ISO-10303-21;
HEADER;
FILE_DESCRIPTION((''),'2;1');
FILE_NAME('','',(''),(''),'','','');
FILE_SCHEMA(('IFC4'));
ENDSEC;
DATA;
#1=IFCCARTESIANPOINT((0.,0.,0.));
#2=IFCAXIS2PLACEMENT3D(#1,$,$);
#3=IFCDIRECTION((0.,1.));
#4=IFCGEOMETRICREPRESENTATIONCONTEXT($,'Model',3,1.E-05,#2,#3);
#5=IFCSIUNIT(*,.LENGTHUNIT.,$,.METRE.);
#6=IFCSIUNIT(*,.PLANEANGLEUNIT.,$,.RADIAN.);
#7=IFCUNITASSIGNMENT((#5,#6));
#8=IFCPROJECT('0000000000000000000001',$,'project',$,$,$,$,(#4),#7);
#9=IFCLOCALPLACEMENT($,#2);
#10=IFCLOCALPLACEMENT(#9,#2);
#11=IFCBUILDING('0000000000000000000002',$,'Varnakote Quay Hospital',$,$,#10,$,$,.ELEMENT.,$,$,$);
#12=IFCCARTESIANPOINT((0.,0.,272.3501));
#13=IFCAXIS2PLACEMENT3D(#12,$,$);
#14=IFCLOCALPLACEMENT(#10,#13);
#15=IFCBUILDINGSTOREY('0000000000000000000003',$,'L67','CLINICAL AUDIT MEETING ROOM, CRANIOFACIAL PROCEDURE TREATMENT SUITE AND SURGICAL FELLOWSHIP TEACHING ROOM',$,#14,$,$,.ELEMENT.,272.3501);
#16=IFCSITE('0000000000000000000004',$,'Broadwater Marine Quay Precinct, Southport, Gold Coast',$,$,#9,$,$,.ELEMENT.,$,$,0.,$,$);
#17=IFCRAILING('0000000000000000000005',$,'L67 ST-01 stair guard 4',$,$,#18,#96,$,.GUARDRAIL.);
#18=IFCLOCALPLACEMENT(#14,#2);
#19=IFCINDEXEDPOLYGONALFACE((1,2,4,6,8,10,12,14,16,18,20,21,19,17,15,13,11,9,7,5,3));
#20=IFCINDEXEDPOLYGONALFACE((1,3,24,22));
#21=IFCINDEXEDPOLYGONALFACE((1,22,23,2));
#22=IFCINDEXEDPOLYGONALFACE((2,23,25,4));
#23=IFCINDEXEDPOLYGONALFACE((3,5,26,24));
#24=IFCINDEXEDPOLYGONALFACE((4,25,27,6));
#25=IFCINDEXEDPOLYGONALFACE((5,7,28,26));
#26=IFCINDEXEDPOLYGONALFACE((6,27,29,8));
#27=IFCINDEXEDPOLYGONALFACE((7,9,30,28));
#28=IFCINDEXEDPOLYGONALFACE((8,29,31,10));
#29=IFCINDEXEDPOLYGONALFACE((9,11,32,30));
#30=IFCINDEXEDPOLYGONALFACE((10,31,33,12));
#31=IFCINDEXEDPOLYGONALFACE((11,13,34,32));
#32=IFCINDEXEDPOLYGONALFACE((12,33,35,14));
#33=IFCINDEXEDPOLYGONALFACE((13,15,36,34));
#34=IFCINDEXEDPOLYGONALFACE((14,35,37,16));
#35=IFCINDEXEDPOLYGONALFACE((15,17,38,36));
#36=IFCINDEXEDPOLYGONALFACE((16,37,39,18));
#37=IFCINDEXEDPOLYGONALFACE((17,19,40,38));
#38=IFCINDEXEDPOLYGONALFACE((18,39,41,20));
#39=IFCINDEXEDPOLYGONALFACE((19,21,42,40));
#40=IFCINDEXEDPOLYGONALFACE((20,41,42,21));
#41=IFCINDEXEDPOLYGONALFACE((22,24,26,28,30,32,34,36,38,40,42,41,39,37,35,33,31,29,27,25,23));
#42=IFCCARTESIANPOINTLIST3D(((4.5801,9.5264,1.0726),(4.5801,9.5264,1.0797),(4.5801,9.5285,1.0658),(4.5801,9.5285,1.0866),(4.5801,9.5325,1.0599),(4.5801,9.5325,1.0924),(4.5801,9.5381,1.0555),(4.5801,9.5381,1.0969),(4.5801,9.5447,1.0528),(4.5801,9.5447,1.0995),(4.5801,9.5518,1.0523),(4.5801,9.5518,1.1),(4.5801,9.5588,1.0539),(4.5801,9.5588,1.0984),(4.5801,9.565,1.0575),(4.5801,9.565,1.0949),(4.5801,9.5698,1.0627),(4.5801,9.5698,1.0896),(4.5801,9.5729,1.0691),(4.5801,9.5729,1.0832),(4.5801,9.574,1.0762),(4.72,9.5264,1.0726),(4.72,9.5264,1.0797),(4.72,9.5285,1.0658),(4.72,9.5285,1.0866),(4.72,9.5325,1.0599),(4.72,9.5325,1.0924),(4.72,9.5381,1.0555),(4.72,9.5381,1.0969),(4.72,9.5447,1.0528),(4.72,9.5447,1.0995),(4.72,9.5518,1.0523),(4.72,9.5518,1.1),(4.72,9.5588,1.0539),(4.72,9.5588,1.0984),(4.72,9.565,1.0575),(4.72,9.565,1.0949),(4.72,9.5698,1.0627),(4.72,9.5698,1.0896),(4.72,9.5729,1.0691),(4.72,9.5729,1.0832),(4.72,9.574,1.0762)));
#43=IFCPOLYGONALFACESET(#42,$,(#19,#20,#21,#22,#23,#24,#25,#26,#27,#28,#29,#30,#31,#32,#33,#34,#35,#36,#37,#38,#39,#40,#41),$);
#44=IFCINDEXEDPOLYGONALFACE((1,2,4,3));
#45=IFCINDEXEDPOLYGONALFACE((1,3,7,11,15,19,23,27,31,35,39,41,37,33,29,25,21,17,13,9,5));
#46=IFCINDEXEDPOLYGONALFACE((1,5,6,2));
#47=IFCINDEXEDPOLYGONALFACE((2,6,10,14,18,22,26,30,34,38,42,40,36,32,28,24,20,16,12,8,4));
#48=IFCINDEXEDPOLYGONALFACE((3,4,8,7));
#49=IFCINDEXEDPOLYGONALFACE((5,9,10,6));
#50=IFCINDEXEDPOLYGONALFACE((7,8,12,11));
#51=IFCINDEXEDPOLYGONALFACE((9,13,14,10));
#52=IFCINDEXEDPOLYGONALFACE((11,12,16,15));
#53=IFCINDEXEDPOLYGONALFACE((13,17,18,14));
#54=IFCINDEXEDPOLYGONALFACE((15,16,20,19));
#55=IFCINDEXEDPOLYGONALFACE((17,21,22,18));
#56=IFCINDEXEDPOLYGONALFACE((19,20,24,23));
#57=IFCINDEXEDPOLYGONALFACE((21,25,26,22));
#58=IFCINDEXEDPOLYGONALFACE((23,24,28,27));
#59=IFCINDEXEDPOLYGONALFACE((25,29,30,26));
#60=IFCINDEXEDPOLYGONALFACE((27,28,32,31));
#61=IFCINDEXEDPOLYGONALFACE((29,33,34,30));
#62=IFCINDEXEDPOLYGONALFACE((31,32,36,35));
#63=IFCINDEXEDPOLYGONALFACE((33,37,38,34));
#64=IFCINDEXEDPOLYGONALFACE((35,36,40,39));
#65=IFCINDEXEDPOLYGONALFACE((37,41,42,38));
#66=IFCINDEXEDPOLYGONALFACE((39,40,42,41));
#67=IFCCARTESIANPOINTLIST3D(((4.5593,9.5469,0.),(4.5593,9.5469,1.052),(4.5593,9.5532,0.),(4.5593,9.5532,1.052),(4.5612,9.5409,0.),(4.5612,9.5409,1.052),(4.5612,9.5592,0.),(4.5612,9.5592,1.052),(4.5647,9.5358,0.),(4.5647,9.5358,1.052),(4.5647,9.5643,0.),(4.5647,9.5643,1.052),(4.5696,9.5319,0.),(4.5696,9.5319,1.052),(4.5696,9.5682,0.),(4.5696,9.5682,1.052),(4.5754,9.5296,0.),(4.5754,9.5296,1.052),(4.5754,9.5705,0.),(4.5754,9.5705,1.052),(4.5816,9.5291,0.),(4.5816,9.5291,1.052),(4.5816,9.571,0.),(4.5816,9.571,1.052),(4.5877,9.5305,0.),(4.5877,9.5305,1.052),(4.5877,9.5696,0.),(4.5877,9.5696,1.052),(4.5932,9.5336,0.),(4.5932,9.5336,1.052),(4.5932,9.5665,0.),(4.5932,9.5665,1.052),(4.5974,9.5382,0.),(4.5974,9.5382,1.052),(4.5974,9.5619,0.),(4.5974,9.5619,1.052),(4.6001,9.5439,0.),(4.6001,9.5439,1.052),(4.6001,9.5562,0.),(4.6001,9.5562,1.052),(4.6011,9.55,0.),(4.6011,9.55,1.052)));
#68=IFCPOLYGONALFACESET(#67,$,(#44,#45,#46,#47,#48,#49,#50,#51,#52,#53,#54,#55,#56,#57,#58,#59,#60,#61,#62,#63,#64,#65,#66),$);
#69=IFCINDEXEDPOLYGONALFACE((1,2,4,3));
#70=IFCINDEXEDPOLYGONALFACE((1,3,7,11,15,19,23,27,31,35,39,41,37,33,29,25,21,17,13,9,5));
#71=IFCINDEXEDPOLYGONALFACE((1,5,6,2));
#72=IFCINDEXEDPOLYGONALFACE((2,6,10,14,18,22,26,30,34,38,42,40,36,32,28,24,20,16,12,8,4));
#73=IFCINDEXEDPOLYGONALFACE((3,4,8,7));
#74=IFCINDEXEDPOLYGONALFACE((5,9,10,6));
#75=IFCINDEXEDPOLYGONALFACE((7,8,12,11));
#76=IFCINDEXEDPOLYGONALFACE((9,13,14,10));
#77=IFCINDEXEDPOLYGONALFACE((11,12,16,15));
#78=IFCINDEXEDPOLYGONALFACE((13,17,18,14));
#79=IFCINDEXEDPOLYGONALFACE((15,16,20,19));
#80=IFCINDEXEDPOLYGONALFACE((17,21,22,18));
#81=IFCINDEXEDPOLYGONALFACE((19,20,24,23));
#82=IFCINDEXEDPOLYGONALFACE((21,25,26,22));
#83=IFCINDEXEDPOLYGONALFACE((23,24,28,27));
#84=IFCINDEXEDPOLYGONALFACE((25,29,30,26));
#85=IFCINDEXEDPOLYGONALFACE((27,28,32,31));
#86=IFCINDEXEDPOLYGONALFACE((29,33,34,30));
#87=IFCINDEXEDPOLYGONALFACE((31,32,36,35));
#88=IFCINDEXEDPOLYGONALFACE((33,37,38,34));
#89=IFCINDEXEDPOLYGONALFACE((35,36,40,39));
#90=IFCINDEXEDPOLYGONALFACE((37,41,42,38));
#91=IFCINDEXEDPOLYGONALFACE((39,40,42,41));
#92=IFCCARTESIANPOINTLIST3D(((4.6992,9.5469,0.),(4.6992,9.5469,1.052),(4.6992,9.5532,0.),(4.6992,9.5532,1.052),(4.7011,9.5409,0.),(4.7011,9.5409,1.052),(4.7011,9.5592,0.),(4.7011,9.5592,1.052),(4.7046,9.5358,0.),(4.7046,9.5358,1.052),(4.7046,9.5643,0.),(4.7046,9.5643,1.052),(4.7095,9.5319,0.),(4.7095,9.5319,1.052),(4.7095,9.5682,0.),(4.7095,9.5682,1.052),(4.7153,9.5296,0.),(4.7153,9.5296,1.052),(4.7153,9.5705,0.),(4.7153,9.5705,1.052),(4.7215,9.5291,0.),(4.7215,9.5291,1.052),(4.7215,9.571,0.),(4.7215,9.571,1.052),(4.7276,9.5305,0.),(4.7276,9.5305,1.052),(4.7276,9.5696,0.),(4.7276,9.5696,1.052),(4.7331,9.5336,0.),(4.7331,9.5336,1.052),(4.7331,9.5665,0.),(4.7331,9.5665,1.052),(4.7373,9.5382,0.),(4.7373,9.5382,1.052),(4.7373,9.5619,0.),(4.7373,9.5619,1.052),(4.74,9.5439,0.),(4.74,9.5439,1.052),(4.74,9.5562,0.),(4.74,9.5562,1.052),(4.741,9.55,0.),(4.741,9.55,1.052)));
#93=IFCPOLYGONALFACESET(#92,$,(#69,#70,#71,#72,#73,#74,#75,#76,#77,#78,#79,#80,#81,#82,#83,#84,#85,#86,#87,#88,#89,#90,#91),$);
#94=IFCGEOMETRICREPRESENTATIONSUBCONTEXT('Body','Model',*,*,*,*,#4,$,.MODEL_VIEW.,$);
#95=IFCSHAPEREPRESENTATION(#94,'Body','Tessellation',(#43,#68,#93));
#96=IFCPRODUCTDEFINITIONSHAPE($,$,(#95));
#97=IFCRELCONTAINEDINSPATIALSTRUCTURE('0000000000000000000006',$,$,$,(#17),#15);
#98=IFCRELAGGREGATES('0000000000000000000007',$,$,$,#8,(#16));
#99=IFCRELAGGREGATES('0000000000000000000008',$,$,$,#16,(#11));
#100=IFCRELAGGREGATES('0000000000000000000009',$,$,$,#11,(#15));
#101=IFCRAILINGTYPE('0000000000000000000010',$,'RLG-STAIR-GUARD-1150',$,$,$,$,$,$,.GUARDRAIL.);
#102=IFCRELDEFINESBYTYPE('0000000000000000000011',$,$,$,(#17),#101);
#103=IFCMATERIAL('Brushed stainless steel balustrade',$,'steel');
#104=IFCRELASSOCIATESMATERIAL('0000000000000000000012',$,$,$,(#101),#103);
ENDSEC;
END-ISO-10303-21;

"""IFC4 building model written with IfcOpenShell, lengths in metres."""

from ifc_helpers import new_model, si_unit, direction, frame, origin, origin_2d, place, context, subcontext, project, spatial, circle, extrude, material, type_object, element, save


model = new_model("IFC4")

# Units and contexts
model_context = context("Model", 3, precision=1e-05, world=origin(), true_north=direction((0.0, 1.0)))
body_context = subcontext(model_context, "Body", "Model", "MODEL_VIEW")
ifc_project = project(units=[si_unit("LENGTHUNIT", "METRE"), si_unit("PLANEANGLEUNIT", "RADIAN")], contexts=[model_context])

# Site, building, storey
site_placement = place(None, origin())
site = spatial("IfcSite", under=ifc_project, at=site_placement, Name="Broadwater Marine Quay Precinct, Southport, Gold Coast", CompositionType="ELEMENT", RefElevation=0.0)
building_placement = place(site_placement, origin())
building = spatial("IfcBuilding", under=site, at=building_placement, Name="Varnakote Quay Hospital", CompositionType="ELEMENT")
storey_placement = place(building_placement, frame((0.0, 0.0, 272.3501)))
storey = spatial("IfcBuildingStorey", under=building, at=storey_placement, Name="L67", Description="CLINICAL AUDIT MEETING ROOM, CRANIOFACIAL PROCEDURE TREATMENT SUITE AND SURGICAL FELLOWSHIP TEACHING ROOM", CompositionType="ELEMENT", Elevation=272.3501)

# Railing
ifc_material_1 = material(Name="Brushed stainless steel balustrade", Category="steel")
railing_type_1 = type_object("IfcRailingType", Name="RLG-STAIR-GUARD-1150", PredefinedType="GUARDRAIL", material=ifc_material_1)
railing_1_placement = place(storey_placement, frame((4.5801, 9.55, 0.0)))
element("IfcRailing", 1, at=railing_1_placement, inside=storey, type_object=railing_type_1, Name="L67 ST-01 stair guard 4", PredefinedType="GUARDRAIL", context=body_context, shape_type="SweptSolid", body=[
    extrude(circle(Radius=0.0239, at=origin_2d()), frame((0.0, 0.0, 1.0762), z_axis=(1.0, 0.0, 0.0), x_axis=(0.0, 1.0, 0.0)), (0.0, 0.0, 1.0), 0.1399),
    extrude(circle(Radius=0.021, at=origin_2d()), origin(), (0.0, 0.0, 1.0), 1.052),
    extrude(circle(Radius=0.021, at=origin_2d()), frame((0.1399, 0.0, 0.0)), (0.0, 0.0, 1.0), 1.052),
])

save(model, "model.ifc")
